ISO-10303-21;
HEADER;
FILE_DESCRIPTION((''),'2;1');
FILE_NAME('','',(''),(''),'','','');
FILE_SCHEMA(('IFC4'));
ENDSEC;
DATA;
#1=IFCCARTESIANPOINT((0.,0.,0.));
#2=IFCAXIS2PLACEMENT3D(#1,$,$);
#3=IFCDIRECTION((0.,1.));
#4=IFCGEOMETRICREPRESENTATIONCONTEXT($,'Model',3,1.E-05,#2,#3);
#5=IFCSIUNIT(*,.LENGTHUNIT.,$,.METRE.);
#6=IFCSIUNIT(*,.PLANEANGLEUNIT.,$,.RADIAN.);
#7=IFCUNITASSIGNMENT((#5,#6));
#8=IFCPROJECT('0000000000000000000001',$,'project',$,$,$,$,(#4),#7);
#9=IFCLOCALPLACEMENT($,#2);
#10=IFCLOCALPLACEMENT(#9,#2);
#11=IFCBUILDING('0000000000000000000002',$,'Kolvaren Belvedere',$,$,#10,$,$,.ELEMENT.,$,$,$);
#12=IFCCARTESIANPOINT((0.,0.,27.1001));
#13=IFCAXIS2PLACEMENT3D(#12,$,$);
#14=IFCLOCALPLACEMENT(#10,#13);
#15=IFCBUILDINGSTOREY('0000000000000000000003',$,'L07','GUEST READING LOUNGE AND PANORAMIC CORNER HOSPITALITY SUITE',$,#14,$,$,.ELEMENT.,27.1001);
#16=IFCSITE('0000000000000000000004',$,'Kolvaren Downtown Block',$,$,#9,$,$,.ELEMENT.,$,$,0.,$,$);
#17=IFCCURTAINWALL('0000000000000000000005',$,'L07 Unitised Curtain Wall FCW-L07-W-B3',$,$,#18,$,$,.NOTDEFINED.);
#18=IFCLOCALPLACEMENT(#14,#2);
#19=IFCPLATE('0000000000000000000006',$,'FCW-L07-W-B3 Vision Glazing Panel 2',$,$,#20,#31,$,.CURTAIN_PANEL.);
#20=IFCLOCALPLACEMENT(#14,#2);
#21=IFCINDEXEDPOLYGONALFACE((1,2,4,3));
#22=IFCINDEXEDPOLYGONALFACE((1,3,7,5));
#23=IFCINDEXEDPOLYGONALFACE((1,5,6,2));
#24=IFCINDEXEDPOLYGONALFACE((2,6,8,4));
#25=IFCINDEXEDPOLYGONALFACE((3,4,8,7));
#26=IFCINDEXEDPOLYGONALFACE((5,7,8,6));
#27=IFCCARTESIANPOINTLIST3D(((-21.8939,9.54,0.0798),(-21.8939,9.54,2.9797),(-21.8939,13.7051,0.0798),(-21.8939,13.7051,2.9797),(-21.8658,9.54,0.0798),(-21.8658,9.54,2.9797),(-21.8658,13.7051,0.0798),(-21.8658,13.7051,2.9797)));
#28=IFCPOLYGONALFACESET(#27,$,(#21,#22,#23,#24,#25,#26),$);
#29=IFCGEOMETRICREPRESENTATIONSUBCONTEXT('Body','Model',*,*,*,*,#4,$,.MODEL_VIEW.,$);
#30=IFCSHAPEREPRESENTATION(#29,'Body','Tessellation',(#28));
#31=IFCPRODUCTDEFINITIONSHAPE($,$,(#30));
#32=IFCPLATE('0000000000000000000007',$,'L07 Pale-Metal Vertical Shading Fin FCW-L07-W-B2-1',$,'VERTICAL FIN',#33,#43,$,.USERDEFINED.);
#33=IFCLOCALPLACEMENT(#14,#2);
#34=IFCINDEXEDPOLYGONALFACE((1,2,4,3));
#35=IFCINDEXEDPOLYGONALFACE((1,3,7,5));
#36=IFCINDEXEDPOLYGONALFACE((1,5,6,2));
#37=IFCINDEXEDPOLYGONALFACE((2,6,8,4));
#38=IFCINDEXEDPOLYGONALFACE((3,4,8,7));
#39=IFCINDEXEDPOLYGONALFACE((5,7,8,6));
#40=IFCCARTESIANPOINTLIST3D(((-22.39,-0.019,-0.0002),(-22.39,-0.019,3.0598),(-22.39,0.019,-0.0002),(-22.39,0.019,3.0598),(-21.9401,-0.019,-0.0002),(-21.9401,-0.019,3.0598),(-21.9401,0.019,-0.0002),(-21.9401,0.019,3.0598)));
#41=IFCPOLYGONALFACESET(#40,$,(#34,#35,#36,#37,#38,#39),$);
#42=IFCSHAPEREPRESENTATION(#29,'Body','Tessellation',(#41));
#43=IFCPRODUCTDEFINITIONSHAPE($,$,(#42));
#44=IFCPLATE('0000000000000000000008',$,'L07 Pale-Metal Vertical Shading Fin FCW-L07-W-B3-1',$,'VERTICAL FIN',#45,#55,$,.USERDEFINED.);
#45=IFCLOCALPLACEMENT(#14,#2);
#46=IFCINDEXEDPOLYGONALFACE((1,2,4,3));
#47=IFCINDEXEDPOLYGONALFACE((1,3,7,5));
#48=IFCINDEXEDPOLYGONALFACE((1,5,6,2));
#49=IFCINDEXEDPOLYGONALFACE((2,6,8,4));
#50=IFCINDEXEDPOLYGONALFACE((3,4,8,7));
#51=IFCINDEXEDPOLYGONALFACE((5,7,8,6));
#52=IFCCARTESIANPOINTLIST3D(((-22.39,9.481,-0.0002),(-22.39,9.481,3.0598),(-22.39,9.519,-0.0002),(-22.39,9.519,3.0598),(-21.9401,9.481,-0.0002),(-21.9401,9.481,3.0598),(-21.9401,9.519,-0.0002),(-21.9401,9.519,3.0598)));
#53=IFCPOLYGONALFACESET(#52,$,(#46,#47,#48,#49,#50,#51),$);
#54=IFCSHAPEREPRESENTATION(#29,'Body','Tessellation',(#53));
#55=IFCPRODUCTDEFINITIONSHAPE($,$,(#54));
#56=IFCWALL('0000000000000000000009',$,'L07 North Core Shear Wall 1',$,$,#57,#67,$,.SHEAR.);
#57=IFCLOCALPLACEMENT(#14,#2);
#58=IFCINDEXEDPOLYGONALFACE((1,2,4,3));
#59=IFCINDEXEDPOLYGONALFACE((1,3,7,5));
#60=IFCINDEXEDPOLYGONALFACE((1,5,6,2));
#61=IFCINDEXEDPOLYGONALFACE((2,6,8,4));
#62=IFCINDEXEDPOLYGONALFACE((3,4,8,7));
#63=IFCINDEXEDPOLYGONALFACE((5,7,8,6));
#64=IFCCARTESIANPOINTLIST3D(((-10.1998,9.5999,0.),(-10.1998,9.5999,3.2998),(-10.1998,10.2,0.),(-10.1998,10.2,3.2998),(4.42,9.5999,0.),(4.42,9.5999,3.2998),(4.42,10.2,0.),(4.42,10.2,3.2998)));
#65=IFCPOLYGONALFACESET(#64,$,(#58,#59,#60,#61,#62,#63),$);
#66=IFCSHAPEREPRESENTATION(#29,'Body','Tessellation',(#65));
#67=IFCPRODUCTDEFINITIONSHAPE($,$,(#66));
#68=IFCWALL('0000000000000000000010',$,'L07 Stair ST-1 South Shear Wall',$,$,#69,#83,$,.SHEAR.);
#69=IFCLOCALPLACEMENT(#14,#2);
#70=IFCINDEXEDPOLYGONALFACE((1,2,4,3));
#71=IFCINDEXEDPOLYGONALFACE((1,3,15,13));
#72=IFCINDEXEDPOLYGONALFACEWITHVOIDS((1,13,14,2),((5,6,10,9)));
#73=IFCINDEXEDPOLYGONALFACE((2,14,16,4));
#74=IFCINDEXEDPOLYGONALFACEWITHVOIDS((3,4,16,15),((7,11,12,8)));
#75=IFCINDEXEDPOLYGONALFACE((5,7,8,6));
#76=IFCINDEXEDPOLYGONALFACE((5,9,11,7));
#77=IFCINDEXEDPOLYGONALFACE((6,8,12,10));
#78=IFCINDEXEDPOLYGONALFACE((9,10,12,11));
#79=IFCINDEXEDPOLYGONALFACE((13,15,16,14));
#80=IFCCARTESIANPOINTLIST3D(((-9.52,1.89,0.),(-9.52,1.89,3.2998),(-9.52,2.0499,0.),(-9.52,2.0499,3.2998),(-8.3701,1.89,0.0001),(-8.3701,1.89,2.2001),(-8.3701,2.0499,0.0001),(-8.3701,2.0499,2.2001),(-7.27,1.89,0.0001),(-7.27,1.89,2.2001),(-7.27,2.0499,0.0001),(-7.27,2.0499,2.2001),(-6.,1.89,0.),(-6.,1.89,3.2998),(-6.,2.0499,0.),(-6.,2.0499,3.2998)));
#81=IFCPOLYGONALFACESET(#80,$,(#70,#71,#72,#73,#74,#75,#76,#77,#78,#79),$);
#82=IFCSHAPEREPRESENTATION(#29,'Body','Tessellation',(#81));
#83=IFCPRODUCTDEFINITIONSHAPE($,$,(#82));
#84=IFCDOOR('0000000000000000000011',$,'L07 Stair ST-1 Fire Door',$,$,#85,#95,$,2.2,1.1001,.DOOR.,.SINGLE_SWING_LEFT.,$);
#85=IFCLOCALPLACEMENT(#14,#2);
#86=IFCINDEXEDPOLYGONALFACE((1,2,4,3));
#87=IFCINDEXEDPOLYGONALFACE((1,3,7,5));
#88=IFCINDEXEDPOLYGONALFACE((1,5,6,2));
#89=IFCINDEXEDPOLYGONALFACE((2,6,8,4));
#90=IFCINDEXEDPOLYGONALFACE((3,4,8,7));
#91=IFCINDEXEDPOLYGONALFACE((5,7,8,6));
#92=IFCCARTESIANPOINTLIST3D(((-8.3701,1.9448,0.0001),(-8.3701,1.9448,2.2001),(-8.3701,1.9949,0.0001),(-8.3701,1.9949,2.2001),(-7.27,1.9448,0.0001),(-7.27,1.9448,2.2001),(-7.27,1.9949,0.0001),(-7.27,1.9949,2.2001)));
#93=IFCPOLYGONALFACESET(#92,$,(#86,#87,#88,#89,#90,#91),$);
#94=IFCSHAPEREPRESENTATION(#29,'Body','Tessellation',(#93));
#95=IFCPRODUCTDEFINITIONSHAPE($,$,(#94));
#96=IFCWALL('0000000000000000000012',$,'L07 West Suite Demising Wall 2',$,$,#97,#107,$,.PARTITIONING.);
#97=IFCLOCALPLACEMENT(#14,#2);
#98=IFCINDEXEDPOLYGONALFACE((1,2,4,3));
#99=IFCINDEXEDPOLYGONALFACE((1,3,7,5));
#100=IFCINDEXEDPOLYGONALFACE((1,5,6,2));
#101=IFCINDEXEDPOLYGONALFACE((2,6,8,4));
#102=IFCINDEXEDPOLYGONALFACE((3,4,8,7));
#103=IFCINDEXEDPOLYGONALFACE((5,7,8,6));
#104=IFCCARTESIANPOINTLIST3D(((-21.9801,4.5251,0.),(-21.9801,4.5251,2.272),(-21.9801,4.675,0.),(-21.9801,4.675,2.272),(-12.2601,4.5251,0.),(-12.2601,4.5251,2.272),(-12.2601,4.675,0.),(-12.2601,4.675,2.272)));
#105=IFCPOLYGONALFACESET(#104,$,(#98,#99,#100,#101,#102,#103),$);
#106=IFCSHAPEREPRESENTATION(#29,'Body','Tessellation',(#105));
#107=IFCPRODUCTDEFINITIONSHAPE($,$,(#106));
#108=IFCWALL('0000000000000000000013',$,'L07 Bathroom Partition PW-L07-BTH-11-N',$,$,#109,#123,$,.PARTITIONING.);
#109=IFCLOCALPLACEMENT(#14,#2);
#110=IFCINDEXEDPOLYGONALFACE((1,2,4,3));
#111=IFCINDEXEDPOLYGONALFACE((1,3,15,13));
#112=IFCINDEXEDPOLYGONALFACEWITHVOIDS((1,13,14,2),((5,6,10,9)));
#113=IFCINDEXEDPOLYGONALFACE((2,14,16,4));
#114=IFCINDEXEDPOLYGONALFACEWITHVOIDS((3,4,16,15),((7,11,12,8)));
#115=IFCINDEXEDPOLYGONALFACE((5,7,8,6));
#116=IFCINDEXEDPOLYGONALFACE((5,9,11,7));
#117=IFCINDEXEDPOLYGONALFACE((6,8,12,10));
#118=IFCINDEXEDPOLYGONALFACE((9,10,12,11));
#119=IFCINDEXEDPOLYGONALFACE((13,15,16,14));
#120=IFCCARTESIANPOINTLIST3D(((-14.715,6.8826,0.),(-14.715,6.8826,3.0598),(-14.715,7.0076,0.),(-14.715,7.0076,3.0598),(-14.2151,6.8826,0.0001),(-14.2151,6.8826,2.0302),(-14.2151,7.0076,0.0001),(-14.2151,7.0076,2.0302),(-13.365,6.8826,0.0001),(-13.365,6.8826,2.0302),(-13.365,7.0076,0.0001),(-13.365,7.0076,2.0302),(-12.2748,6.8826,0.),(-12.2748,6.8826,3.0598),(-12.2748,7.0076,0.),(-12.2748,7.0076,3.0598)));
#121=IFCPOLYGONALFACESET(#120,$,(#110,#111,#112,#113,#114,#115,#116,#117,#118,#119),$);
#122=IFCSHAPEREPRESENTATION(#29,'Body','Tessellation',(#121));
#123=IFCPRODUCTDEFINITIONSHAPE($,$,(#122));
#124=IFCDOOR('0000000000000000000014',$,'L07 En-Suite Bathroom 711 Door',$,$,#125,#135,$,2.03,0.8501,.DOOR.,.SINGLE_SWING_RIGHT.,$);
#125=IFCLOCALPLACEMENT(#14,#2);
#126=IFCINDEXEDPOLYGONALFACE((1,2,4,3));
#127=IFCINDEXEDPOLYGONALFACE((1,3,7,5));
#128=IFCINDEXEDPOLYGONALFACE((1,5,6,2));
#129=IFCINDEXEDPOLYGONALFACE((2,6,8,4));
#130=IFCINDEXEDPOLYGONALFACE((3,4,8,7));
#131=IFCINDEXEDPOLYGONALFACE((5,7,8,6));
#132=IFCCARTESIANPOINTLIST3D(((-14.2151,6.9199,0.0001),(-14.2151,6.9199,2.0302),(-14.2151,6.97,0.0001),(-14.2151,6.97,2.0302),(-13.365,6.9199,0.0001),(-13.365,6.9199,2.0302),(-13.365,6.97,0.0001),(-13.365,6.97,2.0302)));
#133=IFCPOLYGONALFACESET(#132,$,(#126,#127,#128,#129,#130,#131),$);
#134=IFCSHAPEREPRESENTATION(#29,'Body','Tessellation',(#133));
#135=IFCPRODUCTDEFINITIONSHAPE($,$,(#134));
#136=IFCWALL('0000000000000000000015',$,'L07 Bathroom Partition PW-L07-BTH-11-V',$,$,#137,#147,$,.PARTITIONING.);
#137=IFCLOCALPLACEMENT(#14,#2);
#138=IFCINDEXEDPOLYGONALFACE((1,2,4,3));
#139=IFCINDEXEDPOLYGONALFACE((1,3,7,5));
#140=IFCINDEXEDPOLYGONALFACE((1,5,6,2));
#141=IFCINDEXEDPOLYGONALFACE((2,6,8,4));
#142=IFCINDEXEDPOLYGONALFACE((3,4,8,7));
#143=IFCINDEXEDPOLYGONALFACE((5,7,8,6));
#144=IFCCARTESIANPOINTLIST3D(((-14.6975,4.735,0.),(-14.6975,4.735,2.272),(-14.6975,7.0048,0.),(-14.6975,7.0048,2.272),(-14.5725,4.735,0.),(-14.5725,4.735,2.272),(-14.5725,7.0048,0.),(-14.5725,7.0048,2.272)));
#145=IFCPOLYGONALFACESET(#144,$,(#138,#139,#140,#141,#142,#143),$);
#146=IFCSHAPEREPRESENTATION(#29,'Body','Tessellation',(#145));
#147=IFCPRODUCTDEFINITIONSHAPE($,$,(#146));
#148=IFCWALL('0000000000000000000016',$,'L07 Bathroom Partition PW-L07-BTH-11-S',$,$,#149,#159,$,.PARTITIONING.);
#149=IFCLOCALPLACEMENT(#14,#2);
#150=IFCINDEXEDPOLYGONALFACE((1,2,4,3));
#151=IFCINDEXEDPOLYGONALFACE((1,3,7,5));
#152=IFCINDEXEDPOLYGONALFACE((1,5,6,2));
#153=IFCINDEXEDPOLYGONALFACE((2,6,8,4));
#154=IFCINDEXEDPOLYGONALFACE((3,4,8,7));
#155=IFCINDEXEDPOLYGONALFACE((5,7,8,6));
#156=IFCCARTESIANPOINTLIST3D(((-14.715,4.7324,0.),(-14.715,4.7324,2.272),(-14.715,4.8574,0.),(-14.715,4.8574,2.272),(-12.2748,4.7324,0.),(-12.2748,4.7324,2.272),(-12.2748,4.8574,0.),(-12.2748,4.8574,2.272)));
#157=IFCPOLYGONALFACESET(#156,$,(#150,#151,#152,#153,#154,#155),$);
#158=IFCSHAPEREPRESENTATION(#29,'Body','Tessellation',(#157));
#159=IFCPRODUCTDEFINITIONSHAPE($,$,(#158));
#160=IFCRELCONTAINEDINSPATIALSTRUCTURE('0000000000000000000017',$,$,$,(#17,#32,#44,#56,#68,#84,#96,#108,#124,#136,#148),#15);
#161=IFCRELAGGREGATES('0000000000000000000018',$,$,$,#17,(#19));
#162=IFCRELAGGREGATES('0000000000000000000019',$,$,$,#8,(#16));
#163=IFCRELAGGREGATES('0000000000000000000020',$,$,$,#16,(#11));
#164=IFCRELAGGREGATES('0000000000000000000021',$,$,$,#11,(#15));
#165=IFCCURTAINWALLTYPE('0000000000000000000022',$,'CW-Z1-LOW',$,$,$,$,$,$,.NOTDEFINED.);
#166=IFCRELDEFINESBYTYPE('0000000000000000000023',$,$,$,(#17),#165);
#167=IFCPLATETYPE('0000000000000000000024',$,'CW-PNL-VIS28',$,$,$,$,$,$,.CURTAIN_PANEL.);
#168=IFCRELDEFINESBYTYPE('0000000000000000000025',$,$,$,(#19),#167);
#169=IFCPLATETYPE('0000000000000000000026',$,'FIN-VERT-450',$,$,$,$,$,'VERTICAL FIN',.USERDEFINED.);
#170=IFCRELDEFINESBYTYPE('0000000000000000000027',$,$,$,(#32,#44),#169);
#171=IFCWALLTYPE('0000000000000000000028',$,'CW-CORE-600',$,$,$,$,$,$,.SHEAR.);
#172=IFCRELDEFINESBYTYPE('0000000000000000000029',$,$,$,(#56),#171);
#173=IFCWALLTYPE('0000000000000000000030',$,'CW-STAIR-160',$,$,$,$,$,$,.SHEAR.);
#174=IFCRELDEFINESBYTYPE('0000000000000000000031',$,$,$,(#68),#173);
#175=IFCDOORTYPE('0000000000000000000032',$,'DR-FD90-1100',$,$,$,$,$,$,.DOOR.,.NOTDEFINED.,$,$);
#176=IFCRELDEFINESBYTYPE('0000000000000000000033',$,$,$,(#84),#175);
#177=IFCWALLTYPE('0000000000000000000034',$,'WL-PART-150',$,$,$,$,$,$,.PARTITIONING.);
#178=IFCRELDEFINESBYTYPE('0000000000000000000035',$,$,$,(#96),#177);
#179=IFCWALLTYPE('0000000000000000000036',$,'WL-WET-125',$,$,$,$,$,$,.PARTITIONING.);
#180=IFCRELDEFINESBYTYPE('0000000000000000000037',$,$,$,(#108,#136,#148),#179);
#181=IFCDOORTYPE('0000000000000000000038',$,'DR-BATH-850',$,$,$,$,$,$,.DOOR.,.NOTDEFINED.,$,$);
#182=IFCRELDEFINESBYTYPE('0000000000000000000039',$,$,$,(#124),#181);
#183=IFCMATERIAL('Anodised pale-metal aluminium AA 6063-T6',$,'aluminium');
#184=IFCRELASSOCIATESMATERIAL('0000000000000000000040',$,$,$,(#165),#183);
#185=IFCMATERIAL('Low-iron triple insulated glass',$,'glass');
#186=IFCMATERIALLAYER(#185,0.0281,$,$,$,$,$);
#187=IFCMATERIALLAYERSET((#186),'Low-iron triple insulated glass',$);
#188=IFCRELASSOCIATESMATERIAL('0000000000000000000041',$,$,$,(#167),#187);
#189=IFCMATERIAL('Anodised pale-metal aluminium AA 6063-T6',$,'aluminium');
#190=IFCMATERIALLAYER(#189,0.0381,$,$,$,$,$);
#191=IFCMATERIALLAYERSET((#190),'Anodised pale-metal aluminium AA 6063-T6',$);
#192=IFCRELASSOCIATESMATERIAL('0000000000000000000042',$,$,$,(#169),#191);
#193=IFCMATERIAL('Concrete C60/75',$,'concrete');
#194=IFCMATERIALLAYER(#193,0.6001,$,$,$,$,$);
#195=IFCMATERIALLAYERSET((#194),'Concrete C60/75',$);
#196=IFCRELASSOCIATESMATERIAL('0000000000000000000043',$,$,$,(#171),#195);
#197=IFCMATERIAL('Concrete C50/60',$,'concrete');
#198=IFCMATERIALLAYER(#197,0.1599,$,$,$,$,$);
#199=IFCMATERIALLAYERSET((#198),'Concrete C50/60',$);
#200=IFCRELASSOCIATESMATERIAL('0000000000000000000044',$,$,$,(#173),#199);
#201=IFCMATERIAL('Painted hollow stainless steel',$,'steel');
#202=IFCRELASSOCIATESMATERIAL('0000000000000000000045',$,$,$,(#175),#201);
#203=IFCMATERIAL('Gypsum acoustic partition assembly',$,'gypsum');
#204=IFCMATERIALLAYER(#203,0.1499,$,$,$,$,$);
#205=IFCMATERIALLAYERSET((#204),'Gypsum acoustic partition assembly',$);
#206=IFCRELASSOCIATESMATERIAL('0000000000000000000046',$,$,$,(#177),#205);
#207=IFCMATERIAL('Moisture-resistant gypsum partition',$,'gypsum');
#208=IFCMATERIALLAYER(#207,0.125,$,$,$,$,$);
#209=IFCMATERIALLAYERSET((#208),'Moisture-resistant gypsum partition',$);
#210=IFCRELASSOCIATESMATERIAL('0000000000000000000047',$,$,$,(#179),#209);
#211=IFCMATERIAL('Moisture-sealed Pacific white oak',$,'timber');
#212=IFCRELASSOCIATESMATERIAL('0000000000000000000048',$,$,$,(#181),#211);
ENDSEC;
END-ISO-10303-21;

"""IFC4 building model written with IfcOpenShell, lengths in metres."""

from ifc_helpers import new_model, si_unit, direction, frame, frame_2d, origin, origin_2d, place, context, subcontext, project, spatial, rectangle, extrude, material, layer, layer_set, type_object, element, fill, aggregate, save


model = new_model("IFC4")

# Units and contexts
model_context = context("Model", 3, precision=1e-05, world=origin(), true_north=direction((0.0, 1.0)))
body_context = subcontext(model_context, "Body", "Model", "MODEL_VIEW")
ifc_project = project(units=[si_unit("LENGTHUNIT", "METRE"), si_unit("PLANEANGLEUNIT", "RADIAN")], contexts=[model_context])

# Site, building, storey
site_placement = place(None, origin())
site = spatial("IfcSite", under=ifc_project, at=site_placement, Name="Kolvaren Downtown Block", CompositionType="ELEMENT", RefElevation=0.0)
building_placement = place(site_placement, origin())
building = spatial("IfcBuilding", under=site, at=building_placement, Name="Kolvaren Belvedere", CompositionType="ELEMENT")
storey_placement = place(building_placement, frame((0.0, 0.0, 27.1001)))
storey = spatial("IfcBuildingStorey", under=building, at=storey_placement, Name="L07", Description="GUEST READING LOUNGE AND PANORAMIC CORNER HOSPITALITY SUITE", CompositionType="ELEMENT", Elevation=27.1001)

# Curtain wall
ifc_material_1 = material(Name="Anodised pale-metal aluminium AA 6063-T6", Category="aluminium")
curtain_wall_type = type_object("IfcCurtainWallType", Name="CW-Z1-LOW", PredefinedType="NOTDEFINED", material=ifc_material_1)
curtain_wall_1_placement = place(storey_placement, origin())
curtain_wall_1 = element("IfcCurtainWall", 1, at=curtain_wall_1_placement, inside=storey, type_object=curtain_wall_type, Name="L07 Unitised Curtain Wall FCW-L07-W-B3", PredefinedType="NOTDEFINED")

# Plate
ifc_material_2 = material(Name="Low-iron triple insulated glass", Category="glass")
ifc_layer_1 = layer(ifc_material_2, 0.0281)
ifc_layer_set_1 = layer_set([ifc_layer_1], Name="Low-iron triple insulated glass")
plate_type_1 = type_object("IfcPlateType", Name="CW-PNL-VIS28", PredefinedType="CURTAIN_PANEL", material=ifc_layer_set_1)
plate_1_placement = place(storey_placement, frame((-21.8799, 11.6226, 0.0798), z_axis=(0.0, 0.0, 1.0), x_axis=(0.0, 1.0, 0.0)))
plate_1 = element("IfcPlate", 2, at=plate_1_placement, type_object=plate_type_1, Name="FCW-L07-W-B3 Vision Glazing Panel 2", PredefinedType="CURTAIN_PANEL", context=body_context, shape_type="SweptSolid", body=[
    extrude(rectangle(XDim=4.165, YDim=0.0281, at=origin_2d()), origin(), (0.0, 0.0, 1.0), 2.8999),
])
aggregate(curtain_wall_1, [plate_1])

# Plates
ifc_material_3 = material(Name="Anodised pale-metal aluminium AA 6063-T6", Category="aluminium")
ifc_layer_2 = layer(ifc_material_3, 0.0381)
ifc_layer_set_2 = layer_set([ifc_layer_2], Name="Anodised pale-metal aluminium AA 6063-T6")
plate_type_2 = type_object("IfcPlateType", Name="FIN-VERT-450", ElementType="VERTICAL FIN", PredefinedType="USERDEFINED", material=ifc_layer_set_2)
for number, where, z_axis, x_axis, name in (
    (3, (-22.165, 0.0, -0.0002), (0.0, 0.0, 1.0), (1.0, 0.0, 0.0), "L07 Pale-Metal Vertical Shading Fin FCW-L07-W-B2-1"),
    (4, (-22.165, 9.5, -0.0002), (0.0, 0.0, 1.0), (1.0, 0.0, 0.0), "L07 Pale-Metal Vertical Shading Fin FCW-L07-W-B3-1"),
):
    element("IfcPlate", number, at=place(storey_placement, frame(where, z_axis=z_axis, x_axis=x_axis)), inside=storey, type_object=plate_type_2, Name=name, ObjectType="VERTICAL FIN", PredefinedType="USERDEFINED", context=body_context, shape_type="SweptSolid", body=[
        extrude(rectangle(XDim=0.45, YDim=0.0381, at=origin_2d()), origin(), (0.0, 0.0, 1.0), 3.0601),
    ])

# Wall
ifc_material_4 = material(Name="Concrete C60/75", Category="concrete")
ifc_layer_3 = layer(ifc_material_4, 0.6001)
ifc_layer_set_3 = layer_set([ifc_layer_3], Name="Concrete C60/75")
wall_type_1 = type_object("IfcWallType", Name="CW-CORE-600", PredefinedType="SHEAR", material=ifc_layer_set_3)
wall_1_placement = place(storey_placement, frame((-10.2, 9.8999, 0.0), z_axis=(0.0, 0.0, 1.0), x_axis=(1.0, 0.0, 0.0)))
element("IfcWall", 5, at=wall_1_placement, inside=storey, type_object=wall_type_1, Name="L07 North Core Shear Wall 1", PredefinedType="SHEAR", context=body_context, shape_type="SweptSolid", body=[
    extrude(rectangle(XDim=14.6199, YDim=0.6001, at=frame_2d((7.3101, 0.0))), origin(), (0.0, 0.0, 1.0), 3.2998),
])

# Wall, opening, door
ifc_material_5 = material(Name="Concrete C50/60", Category="concrete")
ifc_layer_4 = layer(ifc_material_5, 0.1599)
ifc_layer_set_4 = layer_set([ifc_layer_4], Name="Concrete C50/60")
wall_type_2 = type_object("IfcWallType", Name="CW-STAIR-160", PredefinedType="SHEAR", material=ifc_layer_set_4)
wall_2_placement = place(storey_placement, frame((-9.52, 1.97, 0.0), z_axis=(0.0, 0.0, 1.0), x_axis=(1.0, 0.0, 0.0)))
wall_2 = element("IfcWall", 6, at=wall_2_placement, inside=storey, type_object=wall_type_2, Name="L07 Stair ST-1 South Shear Wall", PredefinedType="SHEAR", context=body_context, shape_type="SweptSolid", body=[
    extrude(rectangle(XDim=3.52, YDim=0.1599, at=frame_2d((1.76, 0.0))), origin(), (0.0, 0.0, 1.0), 3.2998),
])
opening_1_placement = place(wall_2_placement, frame((1.1499, 0.0, 0.0)))
opening_1 = element("IfcOpeningElement", 7, at=opening_1_placement, cuts=wall_2, PredefinedType="OPENING", context=body_context, shape_type="SweptSolid", body=[
    extrude(rectangle(XDim=1.1001, YDim=2.2, at=frame_2d((0.55, 1.1001))), frame((0.0, 0.0898, 0.0), z_axis=(0.0, -1.0, 0.0), x_axis=(1.0, 0.0, 0.0)), (0.0, 0.0, 1.0), 0.1799),
])
ifc_material_6 = material(Name="Painted hollow stainless steel", Category="steel")
door_type_1 = type_object("IfcDoorType", Name="DR-FD90-1100", OperationType="NOTDEFINED", PredefinedType="DOOR", material=ifc_material_6)
door_1_placement = place(opening_1_placement, origin())
door_1 = element("IfcDoor", 8, at=door_1_placement, inside=storey, type_object=door_type_1, Name="L07 Stair ST-1 Fire Door", OperationType="SINGLE_SWING_LEFT", OverallHeight=2.2, OverallWidth=1.1001, PredefinedType="DOOR", context=body_context, shape_type="SweptSolid", body=[
    extrude(rectangle(XDim=1.1001, YDim=2.2, at=frame_2d((0.55, 1.1001))), frame((0.0, 0.0249, 0.0), z_axis=(0.0, -1.0, 0.0), x_axis=(1.0, 0.0, 0.0)), (0.0, 0.0, 1.0), 0.05),
])
fill(opening_1, door_1)

# Wall
ifc_material_7 = material(Name="Gypsum acoustic partition assembly", Category="gypsum")
ifc_layer_5 = layer(ifc_material_7, 0.1499)
ifc_layer_set_5 = layer_set([ifc_layer_5], Name="Gypsum acoustic partition assembly")
wall_type_3 = type_object("IfcWallType", Name="WL-PART-150", PredefinedType="PARTITIONING", material=ifc_layer_set_5)
wall_3_placement = place(storey_placement, frame((-21.98, 4.6001, 0.0), z_axis=(0.0, 0.0, 1.0), x_axis=(1.0, 0.0, 0.0)))
element("IfcWall", 9, at=wall_3_placement, inside=storey, type_object=wall_type_3, Name="L07 West Suite Demising Wall 2", PredefinedType="PARTITIONING", context=body_context, shape_type="SweptSolid", body=[
    extrude(rectangle(XDim=9.72, YDim=0.1499, at=frame_2d((4.8599, 0.0))), origin(), (0.0, 0.0, 1.0), 2.272),
])

# Wall, opening, door
ifc_material_8 = material(Name="Moisture-resistant gypsum partition", Category="gypsum")
ifc_layer_6 = layer(ifc_material_8, 0.125)
ifc_layer_set_6 = layer_set([ifc_layer_6], Name="Moisture-resistant gypsum partition")
wall_type_4 = type_object("IfcWallType", Name="WL-WET-125", PredefinedType="PARTITIONING", material=ifc_layer_set_6)
wall_4_placement = place(storey_placement, frame((-14.7151, 6.9451, 0.0), z_axis=(0.0, 0.0, 1.0), x_axis=(1.0, 0.0, 0.0)))
wall_4 = element("IfcWall", 10, at=wall_4_placement, inside=storey, type_object=wall_type_4, Name="L07 Bathroom Partition PW-L07-BTH-11-N", PredefinedType="PARTITIONING", context=body_context, shape_type="SweptSolid", body=[
    extrude(rectangle(XDim=2.4402, YDim=0.125, at=frame_2d((1.2202, 0.0))), origin(), (0.0, 0.0, 1.0), 3.0598),
])
opening_2_placement = place(wall_4_placement, frame((0.5, 0.0, 0.0)))
opening_2 = element("IfcOpeningElement", 11, at=opening_2_placement, cuts=wall_4, PredefinedType="OPENING", context=body_context, shape_type="SweptSolid", body=[
    extrude(rectangle(XDim=0.8501, YDim=2.03, at=frame_2d((0.425, 1.0151))), frame((0.0, 0.0725, 0.0), z_axis=(0.0, -1.0, 0.0), x_axis=(1.0, 0.0, 0.0)), (0.0, 0.0, 1.0), 0.145),
])
ifc_material_9 = material(Name="Moisture-sealed Pacific white oak", Category="timber")
door_type_2 = type_object("IfcDoorType", Name="DR-BATH-850", OperationType="NOTDEFINED", PredefinedType="DOOR", material=ifc_material_9)
door_2_placement = place(opening_2_placement, origin())
door_2 = element("IfcDoor", 12, at=door_2_placement, inside=storey, type_object=door_type_2, Name="L07 En-Suite Bathroom 711 Door", OperationType="SINGLE_SWING_RIGHT", OverallHeight=2.03, OverallWidth=0.8501, PredefinedType="DOOR", context=body_context, shape_type="SweptSolid", body=[
    extrude(rectangle(XDim=0.8501, YDim=2.03, at=frame_2d((0.425, 1.0151))), frame((0.0, 0.0249, 0.0), z_axis=(0.0, -1.0, 0.0), x_axis=(1.0, 0.0, 0.0)), (0.0, 0.0, 1.0), 0.05),
])
fill(opening_2, door_2)

# Walls
wall_5_placement = place(storey_placement, frame((-14.635, 4.7351, 0.0), z_axis=(0.0, 0.0, 1.0), x_axis=(0.0, 1.0, 0.0)))
element("IfcWall", 13, at=wall_5_placement, inside=storey, type_object=wall_type_4, Name="L07 Bathroom Partition PW-L07-BTH-11-V", PredefinedType="PARTITIONING", context=body_context, shape_type="SweptSolid", body=[
    extrude(rectangle(XDim=2.2698, YDim=0.125, at=frame_2d((1.1348, 0.0))), origin(), (0.0, 0.0, 1.0), 2.272),
])
wall_6_placement = place(storey_placement, frame((-14.7151, 4.7949, 0.0), z_axis=(0.0, 0.0, 1.0), x_axis=(1.0, 0.0, 0.0)))
element("IfcWall", 14, at=wall_6_placement, inside=storey, type_object=wall_type_4, Name="L07 Bathroom Partition PW-L07-BTH-11-S", PredefinedType="PARTITIONING", context=body_context, shape_type="SweptSolid", body=[
    extrude(rectangle(XDim=2.4402, YDim=0.125, at=frame_2d((1.2202, 0.0))), origin(), (0.0, 0.0, 1.0), 2.272),
])

save(model, "model.ifc")
